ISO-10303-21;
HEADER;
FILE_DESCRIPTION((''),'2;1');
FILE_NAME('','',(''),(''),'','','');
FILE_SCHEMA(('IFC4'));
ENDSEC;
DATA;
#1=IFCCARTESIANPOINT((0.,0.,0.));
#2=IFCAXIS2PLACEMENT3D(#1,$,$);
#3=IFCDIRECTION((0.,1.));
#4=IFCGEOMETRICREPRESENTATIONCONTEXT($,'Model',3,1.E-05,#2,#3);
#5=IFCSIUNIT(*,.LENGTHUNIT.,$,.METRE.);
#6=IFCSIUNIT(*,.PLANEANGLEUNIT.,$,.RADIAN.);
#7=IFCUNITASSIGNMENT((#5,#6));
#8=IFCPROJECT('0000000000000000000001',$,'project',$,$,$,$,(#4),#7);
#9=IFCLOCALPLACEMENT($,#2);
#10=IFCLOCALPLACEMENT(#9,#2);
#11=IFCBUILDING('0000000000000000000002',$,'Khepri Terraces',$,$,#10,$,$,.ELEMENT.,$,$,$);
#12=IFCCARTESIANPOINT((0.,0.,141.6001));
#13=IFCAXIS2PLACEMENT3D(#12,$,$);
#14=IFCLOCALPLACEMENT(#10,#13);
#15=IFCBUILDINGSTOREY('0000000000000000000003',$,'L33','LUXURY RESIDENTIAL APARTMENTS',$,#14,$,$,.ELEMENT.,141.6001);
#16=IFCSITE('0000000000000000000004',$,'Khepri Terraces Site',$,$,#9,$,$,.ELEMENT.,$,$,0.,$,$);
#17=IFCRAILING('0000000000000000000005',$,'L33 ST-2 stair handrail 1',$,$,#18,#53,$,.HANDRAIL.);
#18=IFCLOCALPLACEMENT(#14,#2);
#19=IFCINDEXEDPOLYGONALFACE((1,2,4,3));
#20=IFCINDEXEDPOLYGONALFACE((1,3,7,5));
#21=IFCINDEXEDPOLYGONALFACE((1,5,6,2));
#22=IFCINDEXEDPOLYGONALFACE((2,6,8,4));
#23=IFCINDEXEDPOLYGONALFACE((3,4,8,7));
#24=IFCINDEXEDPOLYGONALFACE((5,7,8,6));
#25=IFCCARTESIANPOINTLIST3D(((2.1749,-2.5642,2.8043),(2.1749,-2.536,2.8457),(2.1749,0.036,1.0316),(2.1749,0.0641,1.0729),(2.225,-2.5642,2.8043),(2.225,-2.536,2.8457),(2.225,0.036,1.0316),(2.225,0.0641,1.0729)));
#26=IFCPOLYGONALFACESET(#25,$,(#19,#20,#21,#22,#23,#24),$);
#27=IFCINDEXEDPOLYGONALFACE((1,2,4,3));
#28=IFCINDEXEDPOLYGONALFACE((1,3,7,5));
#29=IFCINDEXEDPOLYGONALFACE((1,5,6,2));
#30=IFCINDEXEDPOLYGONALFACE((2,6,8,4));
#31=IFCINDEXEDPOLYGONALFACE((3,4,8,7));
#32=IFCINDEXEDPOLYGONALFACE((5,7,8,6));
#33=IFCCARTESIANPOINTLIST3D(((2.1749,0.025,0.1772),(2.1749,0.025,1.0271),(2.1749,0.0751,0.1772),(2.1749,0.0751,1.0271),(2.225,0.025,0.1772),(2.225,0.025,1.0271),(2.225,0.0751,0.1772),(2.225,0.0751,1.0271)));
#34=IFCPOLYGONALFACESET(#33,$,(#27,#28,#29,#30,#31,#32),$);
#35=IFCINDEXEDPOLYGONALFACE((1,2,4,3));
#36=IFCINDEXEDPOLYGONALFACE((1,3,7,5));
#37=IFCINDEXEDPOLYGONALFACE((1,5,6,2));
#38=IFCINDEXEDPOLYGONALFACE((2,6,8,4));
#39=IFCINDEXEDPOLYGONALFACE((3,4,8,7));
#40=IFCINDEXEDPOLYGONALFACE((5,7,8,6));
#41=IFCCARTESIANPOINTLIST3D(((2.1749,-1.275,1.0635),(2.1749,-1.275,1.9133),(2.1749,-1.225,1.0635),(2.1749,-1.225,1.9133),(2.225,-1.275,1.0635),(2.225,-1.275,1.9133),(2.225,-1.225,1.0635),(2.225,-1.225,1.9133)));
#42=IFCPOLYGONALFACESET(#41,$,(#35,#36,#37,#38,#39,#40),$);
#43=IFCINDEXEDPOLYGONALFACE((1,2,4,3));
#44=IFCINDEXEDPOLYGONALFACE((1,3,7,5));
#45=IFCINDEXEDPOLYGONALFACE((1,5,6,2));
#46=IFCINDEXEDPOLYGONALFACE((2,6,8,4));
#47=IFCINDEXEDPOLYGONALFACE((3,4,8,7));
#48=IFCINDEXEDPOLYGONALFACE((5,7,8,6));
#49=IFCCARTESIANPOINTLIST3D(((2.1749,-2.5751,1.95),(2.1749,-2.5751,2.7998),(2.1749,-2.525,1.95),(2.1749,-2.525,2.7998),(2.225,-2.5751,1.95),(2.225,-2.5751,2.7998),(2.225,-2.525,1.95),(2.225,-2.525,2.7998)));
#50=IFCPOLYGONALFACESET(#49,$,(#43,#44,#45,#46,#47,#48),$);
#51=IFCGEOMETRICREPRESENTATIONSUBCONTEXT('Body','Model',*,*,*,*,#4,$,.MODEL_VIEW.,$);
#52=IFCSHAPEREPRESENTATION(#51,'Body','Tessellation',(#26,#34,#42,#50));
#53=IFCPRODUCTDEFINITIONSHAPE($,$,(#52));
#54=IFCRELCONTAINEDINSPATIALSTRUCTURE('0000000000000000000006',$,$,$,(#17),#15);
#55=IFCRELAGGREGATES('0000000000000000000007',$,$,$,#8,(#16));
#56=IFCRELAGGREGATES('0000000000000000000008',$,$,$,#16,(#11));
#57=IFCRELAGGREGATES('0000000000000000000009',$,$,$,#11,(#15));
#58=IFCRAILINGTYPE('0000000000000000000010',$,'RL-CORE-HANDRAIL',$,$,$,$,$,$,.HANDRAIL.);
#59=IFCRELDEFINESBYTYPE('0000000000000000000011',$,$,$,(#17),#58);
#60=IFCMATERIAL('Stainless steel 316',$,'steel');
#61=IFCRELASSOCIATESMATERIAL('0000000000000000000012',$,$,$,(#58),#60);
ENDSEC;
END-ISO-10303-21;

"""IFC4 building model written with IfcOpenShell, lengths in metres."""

from ifc_helpers import new_model, si_unit, direction, frame, origin, origin_2d, place, context, subcontext, project, spatial, rectangle, extrude, material, type_object, element, save


model = new_model("IFC4")

# Units and contexts
model_context = context("Model", 3, precision=1e-05, world=origin(), true_north=direction((0.0, 1.0)))
body_context = subcontext(model_context, "Body", "Model", "MODEL_VIEW")
ifc_project = project(units=[si_unit("LENGTHUNIT", "METRE"), si_unit("PLANEANGLEUNIT", "RADIAN")], contexts=[model_context])

# Site, building, storey
site_placement = place(None, origin())
site = spatial("IfcSite", under=ifc_project, at=site_placement, Name="Khepri Terraces Site", CompositionType="ELEMENT", RefElevation=0.0)
building_placement = place(site_placement, origin())
building = spatial("IfcBuilding", under=site, at=building_placement, Name="Khepri Terraces", CompositionType="ELEMENT")
storey_placement = place(building_placement, frame((0.0, 0.0, 141.6001)))
storey = spatial("IfcBuildingStorey", under=building, at=storey_placement, Name="L33", Description="LUXURY RESIDENTIAL APARTMENTS", CompositionType="ELEMENT", Elevation=141.6001)

# Railing
ifc_material_1 = material(Name="Stainless steel 316", Category="steel")
railing_type_1 = type_object("IfcRailingType", Name="RL-CORE-HANDRAIL", PredefinedType="HANDRAIL", material=ifc_material_1)
railing_1_placement = place(storey_placement, frame((2.2, 0.05, 0.1772)))
element("IfcRailing", 1, at=railing_1_placement, inside=storey, type_object=railing_type_1, Name="L33 ST-2 stair handrail 1", PredefinedType="HANDRAIL", context=body_context, shape_type="SweptSolid", body=[
    extrude(rectangle(XDim=0.05, YDim=0.05, at=origin_2d()), frame((0.0, 0.0, 0.875), z_axis=(0.0, -0.82624, 0.563318), x_axis=(1.0, 0.0, 0.0)), (0.0, 0.0, 1.0), 3.147),
    extrude(rectangle(XDim=0.05, YDim=0.05, at=origin_2d()), origin(), (0.0, 0.0, 1.0), 0.8499),
    extrude(rectangle(XDim=0.05, YDim=0.05, at=origin_2d()), frame((0.0, -1.3, 0.8862)), (0.0, 0.0, 1.0), 0.8499),
    extrude(rectangle(XDim=0.05, YDim=0.05, at=origin_2d()), frame((0.0, -2.6001, 1.7727)), (0.0, 0.0, 1.0), 0.8499),
])

save(model, "model.ifc")
